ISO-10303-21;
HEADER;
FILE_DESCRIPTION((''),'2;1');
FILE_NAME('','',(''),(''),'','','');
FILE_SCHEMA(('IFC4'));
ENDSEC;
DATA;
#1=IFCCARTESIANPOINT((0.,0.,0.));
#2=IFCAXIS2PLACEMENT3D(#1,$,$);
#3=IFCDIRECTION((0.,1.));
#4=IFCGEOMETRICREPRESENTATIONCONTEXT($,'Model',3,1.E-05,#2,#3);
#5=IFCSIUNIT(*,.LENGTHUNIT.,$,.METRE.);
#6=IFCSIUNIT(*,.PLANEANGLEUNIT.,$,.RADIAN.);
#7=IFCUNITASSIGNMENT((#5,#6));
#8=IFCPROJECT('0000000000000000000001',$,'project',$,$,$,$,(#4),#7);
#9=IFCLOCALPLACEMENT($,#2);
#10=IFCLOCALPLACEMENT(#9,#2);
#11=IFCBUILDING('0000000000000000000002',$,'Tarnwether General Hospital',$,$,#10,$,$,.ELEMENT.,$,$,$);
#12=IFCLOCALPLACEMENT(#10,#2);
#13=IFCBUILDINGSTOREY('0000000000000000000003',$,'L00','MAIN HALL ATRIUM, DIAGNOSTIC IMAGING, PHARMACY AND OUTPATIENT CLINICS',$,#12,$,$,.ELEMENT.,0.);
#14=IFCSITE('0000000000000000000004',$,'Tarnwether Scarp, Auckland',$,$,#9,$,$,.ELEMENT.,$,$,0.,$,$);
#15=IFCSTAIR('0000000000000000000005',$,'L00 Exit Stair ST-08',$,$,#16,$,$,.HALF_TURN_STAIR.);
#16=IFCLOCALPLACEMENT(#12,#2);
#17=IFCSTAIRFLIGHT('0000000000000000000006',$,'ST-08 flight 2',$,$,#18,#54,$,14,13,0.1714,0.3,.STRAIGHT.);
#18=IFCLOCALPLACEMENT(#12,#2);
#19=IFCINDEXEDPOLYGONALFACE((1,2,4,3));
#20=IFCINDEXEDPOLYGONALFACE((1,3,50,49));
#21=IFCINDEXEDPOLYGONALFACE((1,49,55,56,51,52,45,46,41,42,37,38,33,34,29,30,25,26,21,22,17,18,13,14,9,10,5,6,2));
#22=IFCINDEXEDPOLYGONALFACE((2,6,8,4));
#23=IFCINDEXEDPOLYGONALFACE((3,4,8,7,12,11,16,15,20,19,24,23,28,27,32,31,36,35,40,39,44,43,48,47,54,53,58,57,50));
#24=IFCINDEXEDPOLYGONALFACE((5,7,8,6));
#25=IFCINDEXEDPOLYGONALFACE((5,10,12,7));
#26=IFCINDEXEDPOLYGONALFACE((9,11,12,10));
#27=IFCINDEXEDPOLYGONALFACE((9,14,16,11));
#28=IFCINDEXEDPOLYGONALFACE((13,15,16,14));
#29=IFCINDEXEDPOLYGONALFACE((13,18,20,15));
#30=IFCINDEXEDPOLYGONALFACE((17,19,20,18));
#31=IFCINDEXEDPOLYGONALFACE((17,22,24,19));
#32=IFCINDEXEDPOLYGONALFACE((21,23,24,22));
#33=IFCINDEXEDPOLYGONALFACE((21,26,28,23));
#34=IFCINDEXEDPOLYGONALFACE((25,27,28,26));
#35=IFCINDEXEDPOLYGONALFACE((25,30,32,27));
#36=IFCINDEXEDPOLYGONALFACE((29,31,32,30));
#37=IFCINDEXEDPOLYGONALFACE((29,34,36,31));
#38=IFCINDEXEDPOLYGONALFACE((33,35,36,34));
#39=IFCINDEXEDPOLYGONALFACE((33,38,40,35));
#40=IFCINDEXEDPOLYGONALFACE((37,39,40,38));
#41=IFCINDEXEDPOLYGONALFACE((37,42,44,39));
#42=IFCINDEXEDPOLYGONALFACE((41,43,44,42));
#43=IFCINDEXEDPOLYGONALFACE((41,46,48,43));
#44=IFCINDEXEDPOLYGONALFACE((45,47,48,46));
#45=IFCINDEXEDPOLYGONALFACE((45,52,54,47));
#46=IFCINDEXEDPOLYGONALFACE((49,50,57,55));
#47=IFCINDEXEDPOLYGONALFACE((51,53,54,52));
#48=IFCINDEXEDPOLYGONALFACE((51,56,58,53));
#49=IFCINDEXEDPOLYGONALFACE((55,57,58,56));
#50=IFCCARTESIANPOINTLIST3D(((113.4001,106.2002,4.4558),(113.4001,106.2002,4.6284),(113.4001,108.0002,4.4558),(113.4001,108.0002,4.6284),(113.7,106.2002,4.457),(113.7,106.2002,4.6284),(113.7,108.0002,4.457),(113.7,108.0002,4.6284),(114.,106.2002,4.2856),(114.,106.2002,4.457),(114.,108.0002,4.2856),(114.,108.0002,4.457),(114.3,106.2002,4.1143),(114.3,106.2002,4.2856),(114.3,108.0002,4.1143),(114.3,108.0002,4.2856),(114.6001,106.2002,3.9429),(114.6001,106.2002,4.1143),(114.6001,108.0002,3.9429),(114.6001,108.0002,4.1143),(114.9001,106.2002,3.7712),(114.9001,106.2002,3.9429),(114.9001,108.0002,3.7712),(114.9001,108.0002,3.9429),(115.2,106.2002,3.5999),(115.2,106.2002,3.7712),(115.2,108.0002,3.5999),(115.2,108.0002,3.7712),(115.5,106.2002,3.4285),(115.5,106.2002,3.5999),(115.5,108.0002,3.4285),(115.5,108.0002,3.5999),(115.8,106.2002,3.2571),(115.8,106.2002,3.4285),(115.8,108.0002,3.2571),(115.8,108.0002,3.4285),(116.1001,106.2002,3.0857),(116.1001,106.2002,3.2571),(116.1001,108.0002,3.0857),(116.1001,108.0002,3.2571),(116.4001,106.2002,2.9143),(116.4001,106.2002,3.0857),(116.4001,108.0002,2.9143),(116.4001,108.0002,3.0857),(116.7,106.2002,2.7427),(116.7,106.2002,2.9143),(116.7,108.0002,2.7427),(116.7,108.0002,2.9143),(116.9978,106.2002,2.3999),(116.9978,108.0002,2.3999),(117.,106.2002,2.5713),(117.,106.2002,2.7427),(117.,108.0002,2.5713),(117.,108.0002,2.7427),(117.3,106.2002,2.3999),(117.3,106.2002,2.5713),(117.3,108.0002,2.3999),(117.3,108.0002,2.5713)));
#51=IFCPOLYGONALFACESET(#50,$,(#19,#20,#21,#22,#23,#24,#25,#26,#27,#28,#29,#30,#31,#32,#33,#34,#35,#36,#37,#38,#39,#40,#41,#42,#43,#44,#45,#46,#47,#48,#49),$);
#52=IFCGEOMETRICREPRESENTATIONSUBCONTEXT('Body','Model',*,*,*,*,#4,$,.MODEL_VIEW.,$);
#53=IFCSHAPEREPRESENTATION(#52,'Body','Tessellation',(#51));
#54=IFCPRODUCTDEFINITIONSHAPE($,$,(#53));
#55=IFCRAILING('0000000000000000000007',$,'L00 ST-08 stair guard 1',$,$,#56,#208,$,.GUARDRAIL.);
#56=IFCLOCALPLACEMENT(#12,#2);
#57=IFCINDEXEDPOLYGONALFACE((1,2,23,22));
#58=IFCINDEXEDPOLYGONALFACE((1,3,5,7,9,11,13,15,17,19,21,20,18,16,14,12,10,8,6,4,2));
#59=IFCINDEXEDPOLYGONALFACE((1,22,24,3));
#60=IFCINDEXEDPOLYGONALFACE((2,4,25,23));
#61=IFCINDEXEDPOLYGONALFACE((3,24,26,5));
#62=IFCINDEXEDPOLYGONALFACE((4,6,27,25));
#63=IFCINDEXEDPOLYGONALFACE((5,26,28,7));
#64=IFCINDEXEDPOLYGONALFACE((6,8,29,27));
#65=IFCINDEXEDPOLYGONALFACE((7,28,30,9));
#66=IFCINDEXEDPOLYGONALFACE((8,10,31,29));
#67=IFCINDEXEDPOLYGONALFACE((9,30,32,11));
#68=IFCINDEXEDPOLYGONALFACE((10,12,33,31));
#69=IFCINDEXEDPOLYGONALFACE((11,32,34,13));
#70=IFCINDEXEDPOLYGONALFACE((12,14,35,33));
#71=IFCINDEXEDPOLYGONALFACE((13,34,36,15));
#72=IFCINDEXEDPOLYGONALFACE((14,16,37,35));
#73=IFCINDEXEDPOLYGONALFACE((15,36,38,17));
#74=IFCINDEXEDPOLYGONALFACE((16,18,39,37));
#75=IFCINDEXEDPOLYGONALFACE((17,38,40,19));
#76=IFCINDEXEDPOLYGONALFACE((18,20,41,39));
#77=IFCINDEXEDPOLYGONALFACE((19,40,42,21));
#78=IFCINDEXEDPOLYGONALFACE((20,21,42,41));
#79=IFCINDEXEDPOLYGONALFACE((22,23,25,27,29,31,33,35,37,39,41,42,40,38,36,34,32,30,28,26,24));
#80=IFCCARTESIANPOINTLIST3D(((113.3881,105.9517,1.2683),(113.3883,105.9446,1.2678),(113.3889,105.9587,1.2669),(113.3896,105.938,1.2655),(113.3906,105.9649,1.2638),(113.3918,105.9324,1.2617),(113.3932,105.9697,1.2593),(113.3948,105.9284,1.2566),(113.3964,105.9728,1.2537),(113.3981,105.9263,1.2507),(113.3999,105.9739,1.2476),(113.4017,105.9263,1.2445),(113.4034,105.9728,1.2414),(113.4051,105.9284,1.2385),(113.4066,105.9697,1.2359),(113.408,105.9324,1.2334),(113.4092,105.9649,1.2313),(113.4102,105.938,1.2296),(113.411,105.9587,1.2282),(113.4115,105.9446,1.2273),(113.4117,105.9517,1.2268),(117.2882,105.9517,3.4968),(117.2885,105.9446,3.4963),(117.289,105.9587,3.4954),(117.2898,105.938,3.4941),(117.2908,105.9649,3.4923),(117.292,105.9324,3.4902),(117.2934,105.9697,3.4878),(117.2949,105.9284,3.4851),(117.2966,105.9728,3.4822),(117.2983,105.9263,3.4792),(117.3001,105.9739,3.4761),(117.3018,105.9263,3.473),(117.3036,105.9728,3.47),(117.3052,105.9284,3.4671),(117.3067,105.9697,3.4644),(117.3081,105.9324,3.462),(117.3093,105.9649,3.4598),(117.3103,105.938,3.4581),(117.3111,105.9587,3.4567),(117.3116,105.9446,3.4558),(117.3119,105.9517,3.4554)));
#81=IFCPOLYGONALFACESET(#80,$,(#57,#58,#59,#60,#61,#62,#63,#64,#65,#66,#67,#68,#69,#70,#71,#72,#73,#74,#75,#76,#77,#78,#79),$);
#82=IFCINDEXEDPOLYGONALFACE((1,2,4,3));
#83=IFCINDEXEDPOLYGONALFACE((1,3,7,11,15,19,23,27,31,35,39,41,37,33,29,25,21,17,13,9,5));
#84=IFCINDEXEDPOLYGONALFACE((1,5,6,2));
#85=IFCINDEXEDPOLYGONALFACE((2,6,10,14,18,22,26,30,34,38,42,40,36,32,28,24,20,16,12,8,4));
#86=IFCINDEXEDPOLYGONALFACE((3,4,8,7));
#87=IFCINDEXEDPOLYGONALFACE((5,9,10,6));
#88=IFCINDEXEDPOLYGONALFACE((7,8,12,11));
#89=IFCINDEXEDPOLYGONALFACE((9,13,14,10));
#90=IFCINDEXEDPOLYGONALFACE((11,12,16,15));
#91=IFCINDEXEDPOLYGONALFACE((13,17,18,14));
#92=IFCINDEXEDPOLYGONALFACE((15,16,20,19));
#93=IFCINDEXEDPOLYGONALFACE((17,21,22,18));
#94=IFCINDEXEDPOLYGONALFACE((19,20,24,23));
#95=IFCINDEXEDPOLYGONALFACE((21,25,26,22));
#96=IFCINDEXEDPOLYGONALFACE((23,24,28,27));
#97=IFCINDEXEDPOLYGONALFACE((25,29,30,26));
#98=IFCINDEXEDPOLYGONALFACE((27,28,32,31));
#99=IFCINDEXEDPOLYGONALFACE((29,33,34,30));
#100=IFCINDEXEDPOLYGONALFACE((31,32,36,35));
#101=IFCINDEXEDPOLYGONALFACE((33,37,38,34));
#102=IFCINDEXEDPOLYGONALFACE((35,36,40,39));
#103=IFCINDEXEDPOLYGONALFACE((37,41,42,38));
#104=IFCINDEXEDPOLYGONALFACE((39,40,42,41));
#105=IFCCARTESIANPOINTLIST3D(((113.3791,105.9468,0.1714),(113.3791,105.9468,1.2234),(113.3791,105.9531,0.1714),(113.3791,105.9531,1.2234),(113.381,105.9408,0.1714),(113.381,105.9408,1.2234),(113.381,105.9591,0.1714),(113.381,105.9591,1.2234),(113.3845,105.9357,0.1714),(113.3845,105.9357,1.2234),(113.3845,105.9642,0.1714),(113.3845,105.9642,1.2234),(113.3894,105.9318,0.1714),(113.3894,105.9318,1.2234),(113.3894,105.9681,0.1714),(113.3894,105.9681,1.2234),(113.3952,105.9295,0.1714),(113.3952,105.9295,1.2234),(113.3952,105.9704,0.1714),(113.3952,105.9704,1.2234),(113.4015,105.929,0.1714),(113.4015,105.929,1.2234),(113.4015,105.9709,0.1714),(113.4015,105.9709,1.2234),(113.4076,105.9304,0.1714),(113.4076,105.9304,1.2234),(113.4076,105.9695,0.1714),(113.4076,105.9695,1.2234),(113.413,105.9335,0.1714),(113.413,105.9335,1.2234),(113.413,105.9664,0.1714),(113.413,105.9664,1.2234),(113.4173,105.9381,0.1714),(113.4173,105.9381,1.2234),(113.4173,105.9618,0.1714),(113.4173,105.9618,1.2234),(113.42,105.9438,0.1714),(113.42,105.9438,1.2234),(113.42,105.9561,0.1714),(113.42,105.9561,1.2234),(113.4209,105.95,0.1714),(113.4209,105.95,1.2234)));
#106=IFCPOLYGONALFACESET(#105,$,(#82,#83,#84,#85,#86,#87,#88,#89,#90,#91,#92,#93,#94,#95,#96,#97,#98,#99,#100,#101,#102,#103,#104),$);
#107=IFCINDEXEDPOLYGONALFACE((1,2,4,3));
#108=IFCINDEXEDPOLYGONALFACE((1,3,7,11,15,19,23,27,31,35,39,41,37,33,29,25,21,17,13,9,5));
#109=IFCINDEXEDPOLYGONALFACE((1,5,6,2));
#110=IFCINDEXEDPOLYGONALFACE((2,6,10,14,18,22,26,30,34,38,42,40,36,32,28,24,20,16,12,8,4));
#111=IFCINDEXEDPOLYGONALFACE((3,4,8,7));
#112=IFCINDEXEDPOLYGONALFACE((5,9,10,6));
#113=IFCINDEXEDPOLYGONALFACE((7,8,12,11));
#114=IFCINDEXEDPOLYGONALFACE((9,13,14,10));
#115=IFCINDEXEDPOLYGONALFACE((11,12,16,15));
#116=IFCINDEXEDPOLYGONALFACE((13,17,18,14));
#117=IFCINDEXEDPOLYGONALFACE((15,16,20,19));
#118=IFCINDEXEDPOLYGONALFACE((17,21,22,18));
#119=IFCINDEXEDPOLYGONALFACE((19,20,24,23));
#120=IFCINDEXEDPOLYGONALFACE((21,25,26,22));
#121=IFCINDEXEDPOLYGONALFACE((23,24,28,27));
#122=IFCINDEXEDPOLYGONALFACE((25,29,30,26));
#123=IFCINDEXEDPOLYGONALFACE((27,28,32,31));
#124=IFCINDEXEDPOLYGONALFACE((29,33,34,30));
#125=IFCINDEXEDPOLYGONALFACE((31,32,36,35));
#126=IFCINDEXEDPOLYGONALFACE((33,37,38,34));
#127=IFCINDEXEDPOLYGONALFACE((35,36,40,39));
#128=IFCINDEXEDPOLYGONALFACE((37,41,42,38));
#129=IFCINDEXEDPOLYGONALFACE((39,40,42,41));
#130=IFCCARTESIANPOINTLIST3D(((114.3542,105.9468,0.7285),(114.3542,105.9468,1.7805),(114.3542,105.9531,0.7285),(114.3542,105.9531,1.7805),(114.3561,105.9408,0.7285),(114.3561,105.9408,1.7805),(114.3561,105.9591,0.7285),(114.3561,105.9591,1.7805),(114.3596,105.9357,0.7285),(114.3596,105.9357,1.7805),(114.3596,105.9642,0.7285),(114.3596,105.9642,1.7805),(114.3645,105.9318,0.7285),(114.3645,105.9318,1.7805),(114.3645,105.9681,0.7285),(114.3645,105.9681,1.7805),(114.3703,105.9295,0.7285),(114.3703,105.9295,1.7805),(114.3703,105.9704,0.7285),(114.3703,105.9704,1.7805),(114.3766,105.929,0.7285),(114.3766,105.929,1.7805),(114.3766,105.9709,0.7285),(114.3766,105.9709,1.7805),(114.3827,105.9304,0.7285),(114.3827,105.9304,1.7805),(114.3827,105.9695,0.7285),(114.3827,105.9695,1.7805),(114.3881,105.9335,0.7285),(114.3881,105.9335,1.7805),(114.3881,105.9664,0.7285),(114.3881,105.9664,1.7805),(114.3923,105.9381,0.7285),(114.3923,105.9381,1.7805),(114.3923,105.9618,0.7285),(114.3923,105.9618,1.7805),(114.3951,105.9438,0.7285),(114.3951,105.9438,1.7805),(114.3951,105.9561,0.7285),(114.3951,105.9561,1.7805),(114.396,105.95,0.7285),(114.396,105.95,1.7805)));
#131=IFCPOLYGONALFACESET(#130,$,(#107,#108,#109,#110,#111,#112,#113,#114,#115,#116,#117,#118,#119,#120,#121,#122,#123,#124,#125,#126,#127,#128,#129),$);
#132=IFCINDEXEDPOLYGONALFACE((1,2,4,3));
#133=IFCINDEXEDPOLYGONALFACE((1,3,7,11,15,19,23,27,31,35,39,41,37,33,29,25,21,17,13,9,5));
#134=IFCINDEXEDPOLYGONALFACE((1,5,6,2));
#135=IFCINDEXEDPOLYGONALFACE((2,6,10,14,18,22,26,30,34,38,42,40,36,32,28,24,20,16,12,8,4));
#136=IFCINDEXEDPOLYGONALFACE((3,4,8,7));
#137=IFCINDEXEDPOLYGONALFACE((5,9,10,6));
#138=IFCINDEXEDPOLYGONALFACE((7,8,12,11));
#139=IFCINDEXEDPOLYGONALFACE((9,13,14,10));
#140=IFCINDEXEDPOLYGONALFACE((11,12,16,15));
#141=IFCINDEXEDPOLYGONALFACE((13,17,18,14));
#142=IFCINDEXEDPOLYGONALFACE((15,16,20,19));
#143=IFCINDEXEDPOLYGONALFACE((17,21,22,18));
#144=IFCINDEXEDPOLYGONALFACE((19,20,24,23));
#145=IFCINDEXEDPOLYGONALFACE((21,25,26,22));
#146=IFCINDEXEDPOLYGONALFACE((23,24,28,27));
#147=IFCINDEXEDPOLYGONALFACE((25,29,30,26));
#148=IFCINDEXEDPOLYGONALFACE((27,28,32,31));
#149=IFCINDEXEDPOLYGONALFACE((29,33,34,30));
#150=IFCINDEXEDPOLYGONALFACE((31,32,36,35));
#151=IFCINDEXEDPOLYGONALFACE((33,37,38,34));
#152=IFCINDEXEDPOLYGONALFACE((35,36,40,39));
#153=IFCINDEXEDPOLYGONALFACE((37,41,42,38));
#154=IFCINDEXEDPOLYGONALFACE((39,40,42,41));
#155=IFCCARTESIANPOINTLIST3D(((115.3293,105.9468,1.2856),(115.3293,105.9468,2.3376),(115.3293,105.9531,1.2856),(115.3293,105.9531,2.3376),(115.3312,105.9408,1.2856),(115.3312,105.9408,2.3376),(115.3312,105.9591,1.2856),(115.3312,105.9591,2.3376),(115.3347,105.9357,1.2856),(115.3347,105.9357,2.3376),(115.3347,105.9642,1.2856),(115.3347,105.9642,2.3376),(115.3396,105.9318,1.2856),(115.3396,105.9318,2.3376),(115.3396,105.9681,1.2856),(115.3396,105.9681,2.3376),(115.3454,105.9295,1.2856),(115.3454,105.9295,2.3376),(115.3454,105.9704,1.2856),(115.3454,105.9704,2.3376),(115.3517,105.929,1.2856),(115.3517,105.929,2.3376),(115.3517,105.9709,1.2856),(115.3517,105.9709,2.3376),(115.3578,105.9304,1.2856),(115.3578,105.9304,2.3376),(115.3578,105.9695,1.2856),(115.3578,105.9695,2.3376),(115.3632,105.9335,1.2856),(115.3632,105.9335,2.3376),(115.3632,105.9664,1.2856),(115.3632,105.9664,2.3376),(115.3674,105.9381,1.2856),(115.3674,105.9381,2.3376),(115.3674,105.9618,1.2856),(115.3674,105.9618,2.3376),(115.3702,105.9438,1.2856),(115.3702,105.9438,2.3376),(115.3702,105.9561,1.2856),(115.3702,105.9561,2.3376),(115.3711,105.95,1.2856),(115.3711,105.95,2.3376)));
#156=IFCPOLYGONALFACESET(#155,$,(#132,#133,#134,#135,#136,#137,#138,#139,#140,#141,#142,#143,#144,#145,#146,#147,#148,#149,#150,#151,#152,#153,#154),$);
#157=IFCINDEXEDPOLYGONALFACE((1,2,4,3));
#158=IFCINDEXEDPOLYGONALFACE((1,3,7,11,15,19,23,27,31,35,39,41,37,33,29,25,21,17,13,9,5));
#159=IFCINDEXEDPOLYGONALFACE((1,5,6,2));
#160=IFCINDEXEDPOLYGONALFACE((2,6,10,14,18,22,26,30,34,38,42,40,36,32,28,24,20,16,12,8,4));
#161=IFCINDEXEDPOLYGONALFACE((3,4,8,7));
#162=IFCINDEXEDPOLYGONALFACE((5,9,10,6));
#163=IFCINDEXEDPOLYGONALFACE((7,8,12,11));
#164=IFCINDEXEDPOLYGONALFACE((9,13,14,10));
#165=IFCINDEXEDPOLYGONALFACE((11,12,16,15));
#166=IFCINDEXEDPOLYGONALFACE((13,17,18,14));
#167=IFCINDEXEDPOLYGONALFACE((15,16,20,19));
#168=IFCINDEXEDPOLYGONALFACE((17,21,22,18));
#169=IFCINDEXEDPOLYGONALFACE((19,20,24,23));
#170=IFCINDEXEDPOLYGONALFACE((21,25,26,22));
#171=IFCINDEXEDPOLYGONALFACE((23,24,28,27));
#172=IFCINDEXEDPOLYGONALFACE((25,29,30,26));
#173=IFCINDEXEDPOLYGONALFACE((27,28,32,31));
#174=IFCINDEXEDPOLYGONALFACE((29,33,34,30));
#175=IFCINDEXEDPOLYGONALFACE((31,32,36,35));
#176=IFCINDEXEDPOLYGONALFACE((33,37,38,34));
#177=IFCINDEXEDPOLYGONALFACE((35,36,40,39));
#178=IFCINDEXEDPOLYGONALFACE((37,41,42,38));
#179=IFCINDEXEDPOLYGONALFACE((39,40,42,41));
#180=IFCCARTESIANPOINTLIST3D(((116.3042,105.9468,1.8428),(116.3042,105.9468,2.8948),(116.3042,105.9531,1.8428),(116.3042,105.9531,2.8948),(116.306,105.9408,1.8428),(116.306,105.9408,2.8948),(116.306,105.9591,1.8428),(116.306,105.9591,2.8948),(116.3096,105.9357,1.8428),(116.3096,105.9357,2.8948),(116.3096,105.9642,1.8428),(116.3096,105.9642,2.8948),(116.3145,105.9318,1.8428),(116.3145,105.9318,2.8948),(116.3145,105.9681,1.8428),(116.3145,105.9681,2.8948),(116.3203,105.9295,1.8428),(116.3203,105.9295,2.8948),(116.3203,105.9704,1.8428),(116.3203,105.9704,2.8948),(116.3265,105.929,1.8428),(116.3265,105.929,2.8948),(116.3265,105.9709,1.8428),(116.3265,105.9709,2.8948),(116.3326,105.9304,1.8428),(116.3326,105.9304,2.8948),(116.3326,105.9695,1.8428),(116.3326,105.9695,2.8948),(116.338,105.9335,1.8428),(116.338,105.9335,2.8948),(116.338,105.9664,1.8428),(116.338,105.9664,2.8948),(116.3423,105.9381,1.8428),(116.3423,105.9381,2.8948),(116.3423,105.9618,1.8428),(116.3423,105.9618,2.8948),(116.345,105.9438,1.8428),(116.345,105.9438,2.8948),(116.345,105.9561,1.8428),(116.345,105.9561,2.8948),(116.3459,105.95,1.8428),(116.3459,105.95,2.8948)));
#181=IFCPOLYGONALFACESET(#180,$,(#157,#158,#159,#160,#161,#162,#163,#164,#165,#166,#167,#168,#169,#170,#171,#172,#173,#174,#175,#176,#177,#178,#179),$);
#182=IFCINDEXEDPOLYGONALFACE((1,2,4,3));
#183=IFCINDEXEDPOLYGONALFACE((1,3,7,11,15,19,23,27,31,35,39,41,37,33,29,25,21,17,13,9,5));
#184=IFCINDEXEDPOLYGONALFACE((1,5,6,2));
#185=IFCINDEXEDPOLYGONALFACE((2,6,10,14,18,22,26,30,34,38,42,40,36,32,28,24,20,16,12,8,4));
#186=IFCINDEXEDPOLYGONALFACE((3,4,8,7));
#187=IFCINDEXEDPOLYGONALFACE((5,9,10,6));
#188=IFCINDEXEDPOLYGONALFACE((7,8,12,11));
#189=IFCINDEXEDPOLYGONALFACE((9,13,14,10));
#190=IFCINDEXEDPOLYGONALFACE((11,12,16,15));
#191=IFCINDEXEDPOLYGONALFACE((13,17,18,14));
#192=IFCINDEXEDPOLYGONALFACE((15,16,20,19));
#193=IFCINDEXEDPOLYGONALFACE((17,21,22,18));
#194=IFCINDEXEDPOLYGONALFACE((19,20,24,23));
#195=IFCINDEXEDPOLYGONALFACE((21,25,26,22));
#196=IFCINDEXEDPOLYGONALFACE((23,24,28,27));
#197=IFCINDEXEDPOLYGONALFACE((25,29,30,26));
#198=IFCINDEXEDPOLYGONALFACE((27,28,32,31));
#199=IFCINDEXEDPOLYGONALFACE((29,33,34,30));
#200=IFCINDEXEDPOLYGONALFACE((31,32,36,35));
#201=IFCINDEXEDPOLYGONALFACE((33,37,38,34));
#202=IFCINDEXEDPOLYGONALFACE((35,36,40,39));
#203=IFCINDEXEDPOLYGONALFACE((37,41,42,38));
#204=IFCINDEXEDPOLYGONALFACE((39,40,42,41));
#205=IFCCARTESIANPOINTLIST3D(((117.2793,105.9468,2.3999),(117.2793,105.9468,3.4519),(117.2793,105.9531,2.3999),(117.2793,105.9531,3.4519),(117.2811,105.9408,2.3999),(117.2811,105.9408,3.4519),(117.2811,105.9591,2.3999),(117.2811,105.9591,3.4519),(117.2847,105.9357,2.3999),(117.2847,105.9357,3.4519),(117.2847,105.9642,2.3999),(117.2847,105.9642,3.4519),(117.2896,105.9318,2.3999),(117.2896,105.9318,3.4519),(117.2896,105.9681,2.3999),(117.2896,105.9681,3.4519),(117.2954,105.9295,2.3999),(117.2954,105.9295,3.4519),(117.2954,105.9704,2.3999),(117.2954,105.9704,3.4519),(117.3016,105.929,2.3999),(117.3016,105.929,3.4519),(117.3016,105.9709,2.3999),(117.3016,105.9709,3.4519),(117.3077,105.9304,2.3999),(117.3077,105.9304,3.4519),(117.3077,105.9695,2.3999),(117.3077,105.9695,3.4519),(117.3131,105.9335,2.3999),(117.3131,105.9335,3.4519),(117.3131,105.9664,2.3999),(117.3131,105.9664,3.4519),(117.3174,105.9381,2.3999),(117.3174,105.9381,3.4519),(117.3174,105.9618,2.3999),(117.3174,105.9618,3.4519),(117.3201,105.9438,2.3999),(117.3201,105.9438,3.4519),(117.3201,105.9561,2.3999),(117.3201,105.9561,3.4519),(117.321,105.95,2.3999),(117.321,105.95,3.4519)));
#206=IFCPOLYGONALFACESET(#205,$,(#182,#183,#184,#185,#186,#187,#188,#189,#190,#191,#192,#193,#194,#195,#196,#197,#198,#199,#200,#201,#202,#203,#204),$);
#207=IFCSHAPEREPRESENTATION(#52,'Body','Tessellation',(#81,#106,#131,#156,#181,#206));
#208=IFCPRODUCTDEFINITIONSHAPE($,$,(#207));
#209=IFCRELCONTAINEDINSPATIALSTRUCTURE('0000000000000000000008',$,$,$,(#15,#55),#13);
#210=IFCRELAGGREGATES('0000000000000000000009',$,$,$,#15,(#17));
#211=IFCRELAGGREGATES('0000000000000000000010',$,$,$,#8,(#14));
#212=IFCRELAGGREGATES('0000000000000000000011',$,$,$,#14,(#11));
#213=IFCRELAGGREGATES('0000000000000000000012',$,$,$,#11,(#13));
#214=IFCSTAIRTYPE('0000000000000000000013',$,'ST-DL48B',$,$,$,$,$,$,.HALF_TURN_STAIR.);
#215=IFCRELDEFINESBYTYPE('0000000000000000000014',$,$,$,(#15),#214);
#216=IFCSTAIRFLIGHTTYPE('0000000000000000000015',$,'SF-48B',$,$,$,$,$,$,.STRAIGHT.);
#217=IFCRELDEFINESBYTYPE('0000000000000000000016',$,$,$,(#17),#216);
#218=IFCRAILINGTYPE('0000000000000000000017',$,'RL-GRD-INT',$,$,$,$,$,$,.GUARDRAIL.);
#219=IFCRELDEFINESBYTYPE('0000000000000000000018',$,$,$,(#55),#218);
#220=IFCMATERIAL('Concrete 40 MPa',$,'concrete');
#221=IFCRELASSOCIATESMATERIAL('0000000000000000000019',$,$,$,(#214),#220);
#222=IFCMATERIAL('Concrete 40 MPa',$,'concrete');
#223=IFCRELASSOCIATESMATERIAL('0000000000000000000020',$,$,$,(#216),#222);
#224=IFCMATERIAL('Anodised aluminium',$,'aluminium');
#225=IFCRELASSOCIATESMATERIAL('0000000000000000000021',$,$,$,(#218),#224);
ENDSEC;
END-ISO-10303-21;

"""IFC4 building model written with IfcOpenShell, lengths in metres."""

from ifc_helpers import new_model, si_unit, direction, frame, origin, origin_2d, place, context, subcontext, project, spatial, polyline, circle, outline, extrude, material, type_object, element, aggregate, save


model = new_model("IFC4")

# Units and contexts
model_context = context("Model", 3, precision=1e-05, world=origin(), true_north=direction((0.0, 1.0)))
body_context = subcontext(model_context, "Body", "Model", "MODEL_VIEW")
ifc_project = project(units=[si_unit("LENGTHUNIT", "METRE"), si_unit("PLANEANGLEUNIT", "RADIAN")], contexts=[model_context])

# Site, building, storey
site_placement = place(None, origin())
site = spatial("IfcSite", under=ifc_project, at=site_placement, Name="Tarnwether Scarp, Auckland", CompositionType="ELEMENT", RefElevation=0.0)
building_placement = place(site_placement, origin())
building = spatial("IfcBuilding", under=site, at=building_placement, Name="Tarnwether General Hospital", CompositionType="ELEMENT")
storey_placement = place(building_placement, origin())
storey = spatial("IfcBuildingStorey", under=building, at=storey_placement, Name="L00", Description="MAIN HALL ATRIUM, DIAGNOSTIC IMAGING, PHARMACY AND OUTPATIENT CLINICS", CompositionType="ELEMENT", Elevation=0.0)

# Stair, stair flight
ifc_material_1 = material(Name="Concrete 40 MPa", Category="concrete")
stair_type = type_object("IfcStairType", Name="ST-DL48B", PredefinedType="HALF_TURN_STAIR", material=ifc_material_1)
stair_placement = place(storey_placement, origin())
stair = element("IfcStair", 1, at=stair_placement, inside=storey, type_object=stair_type, Name="L00 Exit Stair ST-08", PredefinedType="HALF_TURN_STAIR")
ifc_material_2 = material(Name="Concrete 40 MPa", Category="concrete")
stair_flight_type = type_object("IfcStairFlightType", Name="SF-48B", PredefinedType="STRAIGHT", material=ifc_material_2)
stair_flight_1_placement = place(storey_placement, frame((117.3, 107.1001, 2.3999), z_axis=(0.0, 0.0, 1.0), x_axis=(-1.0, 0.0, 0.0)))
stair_flight_1 = element("IfcStairFlight", 2, at=stair_flight_1_placement, type_object=stair_flight_type, Name="ST-08 flight 2", NumberOfRisers=14, NumberOfTreads=13, PredefinedType="STRAIGHT", RiserHeight=0.1714, TreadLength=0.3, context=body_context, shape_type="SweptSolid", body=[
    extrude(outline(polyline([(0.0, 0.0), (0.0, 0.1714), (0.3, 0.1714), (0.3, 0.3428), (0.6001, 0.3428), (0.6001, 0.5144), (0.8999, 0.5144), (0.8999, 0.6858), (1.2, 0.6858), (1.2, 0.8572), (1.5, 0.8572), (1.5, 1.0286), (1.8, 1.0286), (1.8, 1.2), (2.1001, 1.2), (2.1001, 1.3713), (2.3999, 1.3713), (2.3999, 1.543), (2.7, 1.543), (2.7, 1.7144), (3.0, 1.7144), (3.0, 1.8857), (3.3, 1.8857), (3.3, 2.0571), (3.6001, 2.0571), (3.6001, 2.2285), (3.8999, 2.2285), (3.8999, 2.3999), (3.8999, 2.0559), (0.3022, 0.0), (0.0, 0.0)])), frame((0.0, 0.8999, 0.0), z_axis=(0.0, -1.0, 0.0), x_axis=(1.0, 0.0, 0.0)), (0.0, 0.0, 1.0), 1.8),
])
aggregate(stair, [stair_flight_1])

# Railing
ifc_material_3 = material(Name="Anodised aluminium", Category="aluminium")
railing_type_1 = type_object("IfcRailingType", Name="RL-GRD-INT", PredefinedType="GUARDRAIL", material=ifc_material_3)
railing_1_placement = place(storey_placement, frame((113.3999, 105.95, 0.1714)))
element("IfcRailing", 3, at=railing_1_placement, inside=storey, type_object=railing_type_1, Name="L00 ST-08 stair guard 1", PredefinedType="GUARDRAIL", context=body_context, shape_type="SweptSolid", body=[
    extrude(circle(Radius=0.0239, at=origin_2d()), frame((0.0, 0.0, 1.0762), z_axis=(0.868257, 0.0, 0.496116), x_axis=(0.0, 1.0, 0.0)), (0.0, 0.0, 1.0), 4.4919),
    extrude(circle(Radius=0.021, at=origin_2d()), origin(), (0.0, 0.0, 1.0), 1.052),
    extrude(circle(Radius=0.021, at=origin_2d()), frame((0.9751, 0.0, 0.5571)), (0.0, 0.0, 1.0), 1.052),
    extrude(circle(Radius=0.021, at=origin_2d()), frame((1.9502, 0.0, 1.1143)), (0.0, 0.0, 1.0), 1.052),
    extrude(circle(Radius=0.021, at=origin_2d()), frame((2.925, 0.0, 1.6714)), (0.0, 0.0, 1.0), 1.052),
    extrude(circle(Radius=0.021, at=origin_2d()), frame((3.9001, 0.0, 2.2285)), (0.0, 0.0, 1.0), 1.052),
])

save(model, "model.ifc")
